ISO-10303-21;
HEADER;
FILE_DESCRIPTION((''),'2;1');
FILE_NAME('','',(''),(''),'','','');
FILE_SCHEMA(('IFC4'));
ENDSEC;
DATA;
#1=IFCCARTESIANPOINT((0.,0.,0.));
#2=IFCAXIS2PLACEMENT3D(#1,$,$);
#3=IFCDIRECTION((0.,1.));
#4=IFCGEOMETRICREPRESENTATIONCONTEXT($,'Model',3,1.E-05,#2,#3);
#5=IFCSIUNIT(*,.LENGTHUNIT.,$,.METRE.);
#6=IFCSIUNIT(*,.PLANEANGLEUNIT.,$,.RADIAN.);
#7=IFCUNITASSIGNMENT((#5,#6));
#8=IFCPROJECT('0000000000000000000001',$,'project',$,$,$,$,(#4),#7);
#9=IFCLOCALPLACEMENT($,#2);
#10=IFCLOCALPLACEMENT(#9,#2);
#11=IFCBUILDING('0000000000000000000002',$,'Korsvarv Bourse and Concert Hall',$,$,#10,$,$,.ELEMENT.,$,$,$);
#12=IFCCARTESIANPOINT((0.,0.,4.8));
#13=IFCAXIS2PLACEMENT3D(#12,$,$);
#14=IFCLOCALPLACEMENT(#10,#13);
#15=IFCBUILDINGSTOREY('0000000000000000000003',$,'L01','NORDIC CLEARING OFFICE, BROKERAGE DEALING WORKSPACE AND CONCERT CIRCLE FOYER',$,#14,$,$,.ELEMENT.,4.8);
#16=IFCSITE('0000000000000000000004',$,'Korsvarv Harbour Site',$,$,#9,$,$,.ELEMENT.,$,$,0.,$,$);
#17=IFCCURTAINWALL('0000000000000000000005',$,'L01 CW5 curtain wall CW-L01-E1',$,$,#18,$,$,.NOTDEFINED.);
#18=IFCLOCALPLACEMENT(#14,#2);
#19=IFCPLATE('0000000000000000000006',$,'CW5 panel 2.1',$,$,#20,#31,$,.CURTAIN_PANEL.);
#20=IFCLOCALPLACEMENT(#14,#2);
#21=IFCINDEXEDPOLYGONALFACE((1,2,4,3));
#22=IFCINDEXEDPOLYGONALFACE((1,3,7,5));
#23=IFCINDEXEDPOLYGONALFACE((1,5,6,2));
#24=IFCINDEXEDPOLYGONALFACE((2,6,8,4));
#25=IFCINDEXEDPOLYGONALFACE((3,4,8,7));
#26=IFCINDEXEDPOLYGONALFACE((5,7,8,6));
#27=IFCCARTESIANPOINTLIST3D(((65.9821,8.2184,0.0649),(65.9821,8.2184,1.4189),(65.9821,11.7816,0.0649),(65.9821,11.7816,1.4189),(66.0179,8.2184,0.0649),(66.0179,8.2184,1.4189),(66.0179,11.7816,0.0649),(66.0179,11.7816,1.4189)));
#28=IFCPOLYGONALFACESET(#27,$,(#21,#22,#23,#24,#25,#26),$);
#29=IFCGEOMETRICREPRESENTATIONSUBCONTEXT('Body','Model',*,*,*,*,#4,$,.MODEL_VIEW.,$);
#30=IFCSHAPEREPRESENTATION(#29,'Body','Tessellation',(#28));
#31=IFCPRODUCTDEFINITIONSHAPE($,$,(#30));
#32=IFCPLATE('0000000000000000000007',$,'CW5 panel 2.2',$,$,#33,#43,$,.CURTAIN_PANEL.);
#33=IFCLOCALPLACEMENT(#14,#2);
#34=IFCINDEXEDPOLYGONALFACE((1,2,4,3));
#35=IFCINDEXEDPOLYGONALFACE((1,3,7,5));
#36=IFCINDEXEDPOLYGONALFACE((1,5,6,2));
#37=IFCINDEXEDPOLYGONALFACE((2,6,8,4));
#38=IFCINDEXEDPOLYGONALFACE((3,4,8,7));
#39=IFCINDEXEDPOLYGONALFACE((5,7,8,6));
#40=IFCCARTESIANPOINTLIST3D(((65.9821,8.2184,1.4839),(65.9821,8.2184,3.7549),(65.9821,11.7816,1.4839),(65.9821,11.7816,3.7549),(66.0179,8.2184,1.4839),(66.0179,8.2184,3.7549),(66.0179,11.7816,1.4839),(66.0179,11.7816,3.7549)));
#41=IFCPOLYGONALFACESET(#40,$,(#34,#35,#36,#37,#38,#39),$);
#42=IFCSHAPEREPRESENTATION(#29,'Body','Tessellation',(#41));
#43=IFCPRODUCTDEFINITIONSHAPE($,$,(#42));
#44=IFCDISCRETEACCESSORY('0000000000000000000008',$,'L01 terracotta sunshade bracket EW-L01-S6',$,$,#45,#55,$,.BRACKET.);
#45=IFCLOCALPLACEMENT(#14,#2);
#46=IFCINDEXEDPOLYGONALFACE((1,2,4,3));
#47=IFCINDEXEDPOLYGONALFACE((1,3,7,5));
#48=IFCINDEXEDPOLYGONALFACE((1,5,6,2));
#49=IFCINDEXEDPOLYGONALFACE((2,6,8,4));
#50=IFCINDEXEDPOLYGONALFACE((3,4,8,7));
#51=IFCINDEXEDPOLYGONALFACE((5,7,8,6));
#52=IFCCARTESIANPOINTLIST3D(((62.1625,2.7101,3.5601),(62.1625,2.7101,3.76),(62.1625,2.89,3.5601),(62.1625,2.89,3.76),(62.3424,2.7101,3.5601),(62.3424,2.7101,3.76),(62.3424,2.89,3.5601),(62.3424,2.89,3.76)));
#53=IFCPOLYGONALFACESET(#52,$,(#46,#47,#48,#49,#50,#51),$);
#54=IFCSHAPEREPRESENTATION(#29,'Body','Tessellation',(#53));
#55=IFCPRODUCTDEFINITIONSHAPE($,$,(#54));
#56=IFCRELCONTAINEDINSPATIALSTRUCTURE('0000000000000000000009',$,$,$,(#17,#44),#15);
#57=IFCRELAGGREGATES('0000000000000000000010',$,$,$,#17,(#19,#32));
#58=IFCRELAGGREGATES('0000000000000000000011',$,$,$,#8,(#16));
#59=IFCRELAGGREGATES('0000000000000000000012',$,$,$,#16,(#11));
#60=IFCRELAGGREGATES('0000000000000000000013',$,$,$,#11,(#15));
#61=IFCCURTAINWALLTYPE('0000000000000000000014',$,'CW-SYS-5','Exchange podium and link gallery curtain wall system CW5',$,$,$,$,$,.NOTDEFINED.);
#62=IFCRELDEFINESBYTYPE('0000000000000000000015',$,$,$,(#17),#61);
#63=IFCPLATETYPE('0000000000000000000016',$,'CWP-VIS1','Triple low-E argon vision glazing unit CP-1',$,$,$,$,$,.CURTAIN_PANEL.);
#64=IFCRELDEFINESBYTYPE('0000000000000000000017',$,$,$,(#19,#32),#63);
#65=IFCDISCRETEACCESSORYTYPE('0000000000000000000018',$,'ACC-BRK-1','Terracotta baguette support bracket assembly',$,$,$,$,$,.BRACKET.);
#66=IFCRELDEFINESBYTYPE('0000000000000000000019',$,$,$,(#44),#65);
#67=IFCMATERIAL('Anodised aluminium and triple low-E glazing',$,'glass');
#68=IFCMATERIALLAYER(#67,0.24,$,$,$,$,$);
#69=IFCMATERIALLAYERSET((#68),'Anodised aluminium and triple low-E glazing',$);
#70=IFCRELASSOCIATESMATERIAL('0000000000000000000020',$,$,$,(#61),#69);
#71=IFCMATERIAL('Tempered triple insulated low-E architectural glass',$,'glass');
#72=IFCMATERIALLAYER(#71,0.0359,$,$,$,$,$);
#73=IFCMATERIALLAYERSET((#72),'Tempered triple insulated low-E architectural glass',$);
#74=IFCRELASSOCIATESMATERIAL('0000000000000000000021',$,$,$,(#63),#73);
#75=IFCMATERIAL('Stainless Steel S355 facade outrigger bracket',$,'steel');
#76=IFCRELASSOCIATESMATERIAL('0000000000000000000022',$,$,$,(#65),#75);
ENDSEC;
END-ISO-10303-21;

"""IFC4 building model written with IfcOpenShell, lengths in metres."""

from ifc_helpers import new_model, si_unit, direction, frame, origin, origin_2d, place, context, subcontext, project, spatial, rectangle, extrude, source, transform, mapped, material, layer, layer_set, type_object, element, aggregate, save


model = new_model("IFC4")

# Units and contexts
model_context = context("Model", 3, precision=1e-05, world=origin(), true_north=direction((0.0, 1.0)))
body_context = subcontext(model_context, "Body", "Model", "MODEL_VIEW")
ifc_project = project(units=[si_unit("LENGTHUNIT", "METRE"), si_unit("PLANEANGLEUNIT", "RADIAN")], contexts=[model_context])

# Site, building, storey
site_placement = place(None, origin())
site = spatial("IfcSite", under=ifc_project, at=site_placement, Name="Korsvarv Harbour Site", CompositionType="ELEMENT", RefElevation=0.0)
building_placement = place(site_placement, origin())
building = spatial("IfcBuilding", under=site, at=building_placement, Name="Korsvarv Bourse and Concert Hall", CompositionType="ELEMENT")
storey_placement = place(building_placement, frame((0.0, 0.0, 4.8)))
storey = spatial("IfcBuildingStorey", under=building, at=storey_placement, Name="L01", Description="NORDIC CLEARING OFFICE, BROKERAGE DEALING WORKSPACE AND CONCERT CIRCLE FOYER", CompositionType="ELEMENT", Elevation=4.8)

# Curtain wall, plates
ifc_material_1 = material(Name="Anodised aluminium and triple low-E glazing", Category="glass")
ifc_layer_1 = layer(ifc_material_1, 0.24)
ifc_layer_set_1 = layer_set([ifc_layer_1], Name="Anodised aluminium and triple low-E glazing")
curtain_wall_type = type_object("IfcCurtainWallType", Name="CW-SYS-5", Description="Exchange podium and link gallery curtain wall system CW5", PredefinedType="NOTDEFINED", material=ifc_layer_set_1)
curtain_wall_placement = place(storey_placement, origin())
curtain_wall = element("IfcCurtainWall", 1, at=curtain_wall_placement, inside=storey, type_object=curtain_wall_type, Name="L01 CW5 curtain wall CW-L01-E1", PredefinedType="NOTDEFINED")
ifc_material_2 = material(Name="Tempered triple insulated low-E architectural glass", Category="glass")
ifc_layer_2 = layer(ifc_material_2, 0.0359)
ifc_layer_set_2 = layer_set([ifc_layer_2], Name="Tempered triple insulated low-E architectural glass")
plate_type = type_object("IfcPlateType", Name="CWP-VIS1", Description="Triple low-E argon vision glazing unit CP-1", PredefinedType="CURTAIN_PANEL", material=ifc_layer_set_2)
shared_shape_1 = source(origin(), body_context, "Body", "SweptSolid", [
    extrude(rectangle(XDim=3.5632, YDim=0.0359, at=origin_2d()), origin(), (0.0, 0.0, 1.0), 1.354),
])
plate_1_placement = place(storey_placement, frame((66.0, 10.0, 0.0649), z_axis=(0.0, 0.0, 1.0), x_axis=(0.0, 1.0, 0.0)))
plate_1 = element("IfcPlate", 2, at=plate_1_placement, type_object=plate_type, Name="CW5 panel 2.1", PredefinedType="CURTAIN_PANEL", context=body_context, shape_type="MappedRepresentation", body=[
    mapped(shared_shape_1, transform((0.0, 0.0, 0.0), scale=1.0)),
])
shared_shape_2 = source(origin(), body_context, "Body", "SweptSolid", [
    extrude(rectangle(XDim=3.5632, YDim=0.0359, at=origin_2d()), origin(), (0.0, 0.0, 1.0), 2.271),
])
plate_2_placement = place(storey_placement, frame((66.0, 10.0, 1.4839), z_axis=(0.0, 0.0, 1.0), x_axis=(0.0, 1.0, 0.0)))
plate_2 = element("IfcPlate", 3, at=plate_2_placement, type_object=plate_type, Name="CW5 panel 2.2", PredefinedType="CURTAIN_PANEL", context=body_context, shape_type="MappedRepresentation", body=[
    mapped(shared_shape_2, transform((0.0, 0.0, 0.0), scale=1.0)),
])
aggregate(curtain_wall, [plate_1, plate_2])

# Discrete accessory
ifc_material_3 = material(Name="Stainless Steel S355 facade outrigger bracket", Category="steel")
discrete_accessory_type = type_object("IfcDiscreteAccessoryType", Name="ACC-BRK-1", Description="Terracotta baguette support bracket assembly", PredefinedType="BRACKET", material=ifc_material_3)
shared_shape_3 = source(origin(), body_context, "Body", "SweptSolid", [
    extrude(rectangle(XDim=0.1799, YDim=0.1799, at=origin_2d()), origin(), (0.0, 0.0, 1.0), 0.2),
])
discrete_accessory_placement = place(storey_placement, frame((62.2524, 2.8, 3.5601), z_axis=(0.0, 0.0, 1.0), x_axis=(1.0, 0.0, 0.0)))
element("IfcDiscreteAccessory", 4, at=discrete_accessory_placement, inside=storey, type_object=discrete_accessory_type, Name="L01 terracotta sunshade bracket EW-L01-S6", PredefinedType="BRACKET", context=body_context, shape_type="MappedRepresentation", body=[
    mapped(shared_shape_3, transform((0.0, 0.0, 0.0), scale=1.0)),
])

save(model, "model.ifc")
